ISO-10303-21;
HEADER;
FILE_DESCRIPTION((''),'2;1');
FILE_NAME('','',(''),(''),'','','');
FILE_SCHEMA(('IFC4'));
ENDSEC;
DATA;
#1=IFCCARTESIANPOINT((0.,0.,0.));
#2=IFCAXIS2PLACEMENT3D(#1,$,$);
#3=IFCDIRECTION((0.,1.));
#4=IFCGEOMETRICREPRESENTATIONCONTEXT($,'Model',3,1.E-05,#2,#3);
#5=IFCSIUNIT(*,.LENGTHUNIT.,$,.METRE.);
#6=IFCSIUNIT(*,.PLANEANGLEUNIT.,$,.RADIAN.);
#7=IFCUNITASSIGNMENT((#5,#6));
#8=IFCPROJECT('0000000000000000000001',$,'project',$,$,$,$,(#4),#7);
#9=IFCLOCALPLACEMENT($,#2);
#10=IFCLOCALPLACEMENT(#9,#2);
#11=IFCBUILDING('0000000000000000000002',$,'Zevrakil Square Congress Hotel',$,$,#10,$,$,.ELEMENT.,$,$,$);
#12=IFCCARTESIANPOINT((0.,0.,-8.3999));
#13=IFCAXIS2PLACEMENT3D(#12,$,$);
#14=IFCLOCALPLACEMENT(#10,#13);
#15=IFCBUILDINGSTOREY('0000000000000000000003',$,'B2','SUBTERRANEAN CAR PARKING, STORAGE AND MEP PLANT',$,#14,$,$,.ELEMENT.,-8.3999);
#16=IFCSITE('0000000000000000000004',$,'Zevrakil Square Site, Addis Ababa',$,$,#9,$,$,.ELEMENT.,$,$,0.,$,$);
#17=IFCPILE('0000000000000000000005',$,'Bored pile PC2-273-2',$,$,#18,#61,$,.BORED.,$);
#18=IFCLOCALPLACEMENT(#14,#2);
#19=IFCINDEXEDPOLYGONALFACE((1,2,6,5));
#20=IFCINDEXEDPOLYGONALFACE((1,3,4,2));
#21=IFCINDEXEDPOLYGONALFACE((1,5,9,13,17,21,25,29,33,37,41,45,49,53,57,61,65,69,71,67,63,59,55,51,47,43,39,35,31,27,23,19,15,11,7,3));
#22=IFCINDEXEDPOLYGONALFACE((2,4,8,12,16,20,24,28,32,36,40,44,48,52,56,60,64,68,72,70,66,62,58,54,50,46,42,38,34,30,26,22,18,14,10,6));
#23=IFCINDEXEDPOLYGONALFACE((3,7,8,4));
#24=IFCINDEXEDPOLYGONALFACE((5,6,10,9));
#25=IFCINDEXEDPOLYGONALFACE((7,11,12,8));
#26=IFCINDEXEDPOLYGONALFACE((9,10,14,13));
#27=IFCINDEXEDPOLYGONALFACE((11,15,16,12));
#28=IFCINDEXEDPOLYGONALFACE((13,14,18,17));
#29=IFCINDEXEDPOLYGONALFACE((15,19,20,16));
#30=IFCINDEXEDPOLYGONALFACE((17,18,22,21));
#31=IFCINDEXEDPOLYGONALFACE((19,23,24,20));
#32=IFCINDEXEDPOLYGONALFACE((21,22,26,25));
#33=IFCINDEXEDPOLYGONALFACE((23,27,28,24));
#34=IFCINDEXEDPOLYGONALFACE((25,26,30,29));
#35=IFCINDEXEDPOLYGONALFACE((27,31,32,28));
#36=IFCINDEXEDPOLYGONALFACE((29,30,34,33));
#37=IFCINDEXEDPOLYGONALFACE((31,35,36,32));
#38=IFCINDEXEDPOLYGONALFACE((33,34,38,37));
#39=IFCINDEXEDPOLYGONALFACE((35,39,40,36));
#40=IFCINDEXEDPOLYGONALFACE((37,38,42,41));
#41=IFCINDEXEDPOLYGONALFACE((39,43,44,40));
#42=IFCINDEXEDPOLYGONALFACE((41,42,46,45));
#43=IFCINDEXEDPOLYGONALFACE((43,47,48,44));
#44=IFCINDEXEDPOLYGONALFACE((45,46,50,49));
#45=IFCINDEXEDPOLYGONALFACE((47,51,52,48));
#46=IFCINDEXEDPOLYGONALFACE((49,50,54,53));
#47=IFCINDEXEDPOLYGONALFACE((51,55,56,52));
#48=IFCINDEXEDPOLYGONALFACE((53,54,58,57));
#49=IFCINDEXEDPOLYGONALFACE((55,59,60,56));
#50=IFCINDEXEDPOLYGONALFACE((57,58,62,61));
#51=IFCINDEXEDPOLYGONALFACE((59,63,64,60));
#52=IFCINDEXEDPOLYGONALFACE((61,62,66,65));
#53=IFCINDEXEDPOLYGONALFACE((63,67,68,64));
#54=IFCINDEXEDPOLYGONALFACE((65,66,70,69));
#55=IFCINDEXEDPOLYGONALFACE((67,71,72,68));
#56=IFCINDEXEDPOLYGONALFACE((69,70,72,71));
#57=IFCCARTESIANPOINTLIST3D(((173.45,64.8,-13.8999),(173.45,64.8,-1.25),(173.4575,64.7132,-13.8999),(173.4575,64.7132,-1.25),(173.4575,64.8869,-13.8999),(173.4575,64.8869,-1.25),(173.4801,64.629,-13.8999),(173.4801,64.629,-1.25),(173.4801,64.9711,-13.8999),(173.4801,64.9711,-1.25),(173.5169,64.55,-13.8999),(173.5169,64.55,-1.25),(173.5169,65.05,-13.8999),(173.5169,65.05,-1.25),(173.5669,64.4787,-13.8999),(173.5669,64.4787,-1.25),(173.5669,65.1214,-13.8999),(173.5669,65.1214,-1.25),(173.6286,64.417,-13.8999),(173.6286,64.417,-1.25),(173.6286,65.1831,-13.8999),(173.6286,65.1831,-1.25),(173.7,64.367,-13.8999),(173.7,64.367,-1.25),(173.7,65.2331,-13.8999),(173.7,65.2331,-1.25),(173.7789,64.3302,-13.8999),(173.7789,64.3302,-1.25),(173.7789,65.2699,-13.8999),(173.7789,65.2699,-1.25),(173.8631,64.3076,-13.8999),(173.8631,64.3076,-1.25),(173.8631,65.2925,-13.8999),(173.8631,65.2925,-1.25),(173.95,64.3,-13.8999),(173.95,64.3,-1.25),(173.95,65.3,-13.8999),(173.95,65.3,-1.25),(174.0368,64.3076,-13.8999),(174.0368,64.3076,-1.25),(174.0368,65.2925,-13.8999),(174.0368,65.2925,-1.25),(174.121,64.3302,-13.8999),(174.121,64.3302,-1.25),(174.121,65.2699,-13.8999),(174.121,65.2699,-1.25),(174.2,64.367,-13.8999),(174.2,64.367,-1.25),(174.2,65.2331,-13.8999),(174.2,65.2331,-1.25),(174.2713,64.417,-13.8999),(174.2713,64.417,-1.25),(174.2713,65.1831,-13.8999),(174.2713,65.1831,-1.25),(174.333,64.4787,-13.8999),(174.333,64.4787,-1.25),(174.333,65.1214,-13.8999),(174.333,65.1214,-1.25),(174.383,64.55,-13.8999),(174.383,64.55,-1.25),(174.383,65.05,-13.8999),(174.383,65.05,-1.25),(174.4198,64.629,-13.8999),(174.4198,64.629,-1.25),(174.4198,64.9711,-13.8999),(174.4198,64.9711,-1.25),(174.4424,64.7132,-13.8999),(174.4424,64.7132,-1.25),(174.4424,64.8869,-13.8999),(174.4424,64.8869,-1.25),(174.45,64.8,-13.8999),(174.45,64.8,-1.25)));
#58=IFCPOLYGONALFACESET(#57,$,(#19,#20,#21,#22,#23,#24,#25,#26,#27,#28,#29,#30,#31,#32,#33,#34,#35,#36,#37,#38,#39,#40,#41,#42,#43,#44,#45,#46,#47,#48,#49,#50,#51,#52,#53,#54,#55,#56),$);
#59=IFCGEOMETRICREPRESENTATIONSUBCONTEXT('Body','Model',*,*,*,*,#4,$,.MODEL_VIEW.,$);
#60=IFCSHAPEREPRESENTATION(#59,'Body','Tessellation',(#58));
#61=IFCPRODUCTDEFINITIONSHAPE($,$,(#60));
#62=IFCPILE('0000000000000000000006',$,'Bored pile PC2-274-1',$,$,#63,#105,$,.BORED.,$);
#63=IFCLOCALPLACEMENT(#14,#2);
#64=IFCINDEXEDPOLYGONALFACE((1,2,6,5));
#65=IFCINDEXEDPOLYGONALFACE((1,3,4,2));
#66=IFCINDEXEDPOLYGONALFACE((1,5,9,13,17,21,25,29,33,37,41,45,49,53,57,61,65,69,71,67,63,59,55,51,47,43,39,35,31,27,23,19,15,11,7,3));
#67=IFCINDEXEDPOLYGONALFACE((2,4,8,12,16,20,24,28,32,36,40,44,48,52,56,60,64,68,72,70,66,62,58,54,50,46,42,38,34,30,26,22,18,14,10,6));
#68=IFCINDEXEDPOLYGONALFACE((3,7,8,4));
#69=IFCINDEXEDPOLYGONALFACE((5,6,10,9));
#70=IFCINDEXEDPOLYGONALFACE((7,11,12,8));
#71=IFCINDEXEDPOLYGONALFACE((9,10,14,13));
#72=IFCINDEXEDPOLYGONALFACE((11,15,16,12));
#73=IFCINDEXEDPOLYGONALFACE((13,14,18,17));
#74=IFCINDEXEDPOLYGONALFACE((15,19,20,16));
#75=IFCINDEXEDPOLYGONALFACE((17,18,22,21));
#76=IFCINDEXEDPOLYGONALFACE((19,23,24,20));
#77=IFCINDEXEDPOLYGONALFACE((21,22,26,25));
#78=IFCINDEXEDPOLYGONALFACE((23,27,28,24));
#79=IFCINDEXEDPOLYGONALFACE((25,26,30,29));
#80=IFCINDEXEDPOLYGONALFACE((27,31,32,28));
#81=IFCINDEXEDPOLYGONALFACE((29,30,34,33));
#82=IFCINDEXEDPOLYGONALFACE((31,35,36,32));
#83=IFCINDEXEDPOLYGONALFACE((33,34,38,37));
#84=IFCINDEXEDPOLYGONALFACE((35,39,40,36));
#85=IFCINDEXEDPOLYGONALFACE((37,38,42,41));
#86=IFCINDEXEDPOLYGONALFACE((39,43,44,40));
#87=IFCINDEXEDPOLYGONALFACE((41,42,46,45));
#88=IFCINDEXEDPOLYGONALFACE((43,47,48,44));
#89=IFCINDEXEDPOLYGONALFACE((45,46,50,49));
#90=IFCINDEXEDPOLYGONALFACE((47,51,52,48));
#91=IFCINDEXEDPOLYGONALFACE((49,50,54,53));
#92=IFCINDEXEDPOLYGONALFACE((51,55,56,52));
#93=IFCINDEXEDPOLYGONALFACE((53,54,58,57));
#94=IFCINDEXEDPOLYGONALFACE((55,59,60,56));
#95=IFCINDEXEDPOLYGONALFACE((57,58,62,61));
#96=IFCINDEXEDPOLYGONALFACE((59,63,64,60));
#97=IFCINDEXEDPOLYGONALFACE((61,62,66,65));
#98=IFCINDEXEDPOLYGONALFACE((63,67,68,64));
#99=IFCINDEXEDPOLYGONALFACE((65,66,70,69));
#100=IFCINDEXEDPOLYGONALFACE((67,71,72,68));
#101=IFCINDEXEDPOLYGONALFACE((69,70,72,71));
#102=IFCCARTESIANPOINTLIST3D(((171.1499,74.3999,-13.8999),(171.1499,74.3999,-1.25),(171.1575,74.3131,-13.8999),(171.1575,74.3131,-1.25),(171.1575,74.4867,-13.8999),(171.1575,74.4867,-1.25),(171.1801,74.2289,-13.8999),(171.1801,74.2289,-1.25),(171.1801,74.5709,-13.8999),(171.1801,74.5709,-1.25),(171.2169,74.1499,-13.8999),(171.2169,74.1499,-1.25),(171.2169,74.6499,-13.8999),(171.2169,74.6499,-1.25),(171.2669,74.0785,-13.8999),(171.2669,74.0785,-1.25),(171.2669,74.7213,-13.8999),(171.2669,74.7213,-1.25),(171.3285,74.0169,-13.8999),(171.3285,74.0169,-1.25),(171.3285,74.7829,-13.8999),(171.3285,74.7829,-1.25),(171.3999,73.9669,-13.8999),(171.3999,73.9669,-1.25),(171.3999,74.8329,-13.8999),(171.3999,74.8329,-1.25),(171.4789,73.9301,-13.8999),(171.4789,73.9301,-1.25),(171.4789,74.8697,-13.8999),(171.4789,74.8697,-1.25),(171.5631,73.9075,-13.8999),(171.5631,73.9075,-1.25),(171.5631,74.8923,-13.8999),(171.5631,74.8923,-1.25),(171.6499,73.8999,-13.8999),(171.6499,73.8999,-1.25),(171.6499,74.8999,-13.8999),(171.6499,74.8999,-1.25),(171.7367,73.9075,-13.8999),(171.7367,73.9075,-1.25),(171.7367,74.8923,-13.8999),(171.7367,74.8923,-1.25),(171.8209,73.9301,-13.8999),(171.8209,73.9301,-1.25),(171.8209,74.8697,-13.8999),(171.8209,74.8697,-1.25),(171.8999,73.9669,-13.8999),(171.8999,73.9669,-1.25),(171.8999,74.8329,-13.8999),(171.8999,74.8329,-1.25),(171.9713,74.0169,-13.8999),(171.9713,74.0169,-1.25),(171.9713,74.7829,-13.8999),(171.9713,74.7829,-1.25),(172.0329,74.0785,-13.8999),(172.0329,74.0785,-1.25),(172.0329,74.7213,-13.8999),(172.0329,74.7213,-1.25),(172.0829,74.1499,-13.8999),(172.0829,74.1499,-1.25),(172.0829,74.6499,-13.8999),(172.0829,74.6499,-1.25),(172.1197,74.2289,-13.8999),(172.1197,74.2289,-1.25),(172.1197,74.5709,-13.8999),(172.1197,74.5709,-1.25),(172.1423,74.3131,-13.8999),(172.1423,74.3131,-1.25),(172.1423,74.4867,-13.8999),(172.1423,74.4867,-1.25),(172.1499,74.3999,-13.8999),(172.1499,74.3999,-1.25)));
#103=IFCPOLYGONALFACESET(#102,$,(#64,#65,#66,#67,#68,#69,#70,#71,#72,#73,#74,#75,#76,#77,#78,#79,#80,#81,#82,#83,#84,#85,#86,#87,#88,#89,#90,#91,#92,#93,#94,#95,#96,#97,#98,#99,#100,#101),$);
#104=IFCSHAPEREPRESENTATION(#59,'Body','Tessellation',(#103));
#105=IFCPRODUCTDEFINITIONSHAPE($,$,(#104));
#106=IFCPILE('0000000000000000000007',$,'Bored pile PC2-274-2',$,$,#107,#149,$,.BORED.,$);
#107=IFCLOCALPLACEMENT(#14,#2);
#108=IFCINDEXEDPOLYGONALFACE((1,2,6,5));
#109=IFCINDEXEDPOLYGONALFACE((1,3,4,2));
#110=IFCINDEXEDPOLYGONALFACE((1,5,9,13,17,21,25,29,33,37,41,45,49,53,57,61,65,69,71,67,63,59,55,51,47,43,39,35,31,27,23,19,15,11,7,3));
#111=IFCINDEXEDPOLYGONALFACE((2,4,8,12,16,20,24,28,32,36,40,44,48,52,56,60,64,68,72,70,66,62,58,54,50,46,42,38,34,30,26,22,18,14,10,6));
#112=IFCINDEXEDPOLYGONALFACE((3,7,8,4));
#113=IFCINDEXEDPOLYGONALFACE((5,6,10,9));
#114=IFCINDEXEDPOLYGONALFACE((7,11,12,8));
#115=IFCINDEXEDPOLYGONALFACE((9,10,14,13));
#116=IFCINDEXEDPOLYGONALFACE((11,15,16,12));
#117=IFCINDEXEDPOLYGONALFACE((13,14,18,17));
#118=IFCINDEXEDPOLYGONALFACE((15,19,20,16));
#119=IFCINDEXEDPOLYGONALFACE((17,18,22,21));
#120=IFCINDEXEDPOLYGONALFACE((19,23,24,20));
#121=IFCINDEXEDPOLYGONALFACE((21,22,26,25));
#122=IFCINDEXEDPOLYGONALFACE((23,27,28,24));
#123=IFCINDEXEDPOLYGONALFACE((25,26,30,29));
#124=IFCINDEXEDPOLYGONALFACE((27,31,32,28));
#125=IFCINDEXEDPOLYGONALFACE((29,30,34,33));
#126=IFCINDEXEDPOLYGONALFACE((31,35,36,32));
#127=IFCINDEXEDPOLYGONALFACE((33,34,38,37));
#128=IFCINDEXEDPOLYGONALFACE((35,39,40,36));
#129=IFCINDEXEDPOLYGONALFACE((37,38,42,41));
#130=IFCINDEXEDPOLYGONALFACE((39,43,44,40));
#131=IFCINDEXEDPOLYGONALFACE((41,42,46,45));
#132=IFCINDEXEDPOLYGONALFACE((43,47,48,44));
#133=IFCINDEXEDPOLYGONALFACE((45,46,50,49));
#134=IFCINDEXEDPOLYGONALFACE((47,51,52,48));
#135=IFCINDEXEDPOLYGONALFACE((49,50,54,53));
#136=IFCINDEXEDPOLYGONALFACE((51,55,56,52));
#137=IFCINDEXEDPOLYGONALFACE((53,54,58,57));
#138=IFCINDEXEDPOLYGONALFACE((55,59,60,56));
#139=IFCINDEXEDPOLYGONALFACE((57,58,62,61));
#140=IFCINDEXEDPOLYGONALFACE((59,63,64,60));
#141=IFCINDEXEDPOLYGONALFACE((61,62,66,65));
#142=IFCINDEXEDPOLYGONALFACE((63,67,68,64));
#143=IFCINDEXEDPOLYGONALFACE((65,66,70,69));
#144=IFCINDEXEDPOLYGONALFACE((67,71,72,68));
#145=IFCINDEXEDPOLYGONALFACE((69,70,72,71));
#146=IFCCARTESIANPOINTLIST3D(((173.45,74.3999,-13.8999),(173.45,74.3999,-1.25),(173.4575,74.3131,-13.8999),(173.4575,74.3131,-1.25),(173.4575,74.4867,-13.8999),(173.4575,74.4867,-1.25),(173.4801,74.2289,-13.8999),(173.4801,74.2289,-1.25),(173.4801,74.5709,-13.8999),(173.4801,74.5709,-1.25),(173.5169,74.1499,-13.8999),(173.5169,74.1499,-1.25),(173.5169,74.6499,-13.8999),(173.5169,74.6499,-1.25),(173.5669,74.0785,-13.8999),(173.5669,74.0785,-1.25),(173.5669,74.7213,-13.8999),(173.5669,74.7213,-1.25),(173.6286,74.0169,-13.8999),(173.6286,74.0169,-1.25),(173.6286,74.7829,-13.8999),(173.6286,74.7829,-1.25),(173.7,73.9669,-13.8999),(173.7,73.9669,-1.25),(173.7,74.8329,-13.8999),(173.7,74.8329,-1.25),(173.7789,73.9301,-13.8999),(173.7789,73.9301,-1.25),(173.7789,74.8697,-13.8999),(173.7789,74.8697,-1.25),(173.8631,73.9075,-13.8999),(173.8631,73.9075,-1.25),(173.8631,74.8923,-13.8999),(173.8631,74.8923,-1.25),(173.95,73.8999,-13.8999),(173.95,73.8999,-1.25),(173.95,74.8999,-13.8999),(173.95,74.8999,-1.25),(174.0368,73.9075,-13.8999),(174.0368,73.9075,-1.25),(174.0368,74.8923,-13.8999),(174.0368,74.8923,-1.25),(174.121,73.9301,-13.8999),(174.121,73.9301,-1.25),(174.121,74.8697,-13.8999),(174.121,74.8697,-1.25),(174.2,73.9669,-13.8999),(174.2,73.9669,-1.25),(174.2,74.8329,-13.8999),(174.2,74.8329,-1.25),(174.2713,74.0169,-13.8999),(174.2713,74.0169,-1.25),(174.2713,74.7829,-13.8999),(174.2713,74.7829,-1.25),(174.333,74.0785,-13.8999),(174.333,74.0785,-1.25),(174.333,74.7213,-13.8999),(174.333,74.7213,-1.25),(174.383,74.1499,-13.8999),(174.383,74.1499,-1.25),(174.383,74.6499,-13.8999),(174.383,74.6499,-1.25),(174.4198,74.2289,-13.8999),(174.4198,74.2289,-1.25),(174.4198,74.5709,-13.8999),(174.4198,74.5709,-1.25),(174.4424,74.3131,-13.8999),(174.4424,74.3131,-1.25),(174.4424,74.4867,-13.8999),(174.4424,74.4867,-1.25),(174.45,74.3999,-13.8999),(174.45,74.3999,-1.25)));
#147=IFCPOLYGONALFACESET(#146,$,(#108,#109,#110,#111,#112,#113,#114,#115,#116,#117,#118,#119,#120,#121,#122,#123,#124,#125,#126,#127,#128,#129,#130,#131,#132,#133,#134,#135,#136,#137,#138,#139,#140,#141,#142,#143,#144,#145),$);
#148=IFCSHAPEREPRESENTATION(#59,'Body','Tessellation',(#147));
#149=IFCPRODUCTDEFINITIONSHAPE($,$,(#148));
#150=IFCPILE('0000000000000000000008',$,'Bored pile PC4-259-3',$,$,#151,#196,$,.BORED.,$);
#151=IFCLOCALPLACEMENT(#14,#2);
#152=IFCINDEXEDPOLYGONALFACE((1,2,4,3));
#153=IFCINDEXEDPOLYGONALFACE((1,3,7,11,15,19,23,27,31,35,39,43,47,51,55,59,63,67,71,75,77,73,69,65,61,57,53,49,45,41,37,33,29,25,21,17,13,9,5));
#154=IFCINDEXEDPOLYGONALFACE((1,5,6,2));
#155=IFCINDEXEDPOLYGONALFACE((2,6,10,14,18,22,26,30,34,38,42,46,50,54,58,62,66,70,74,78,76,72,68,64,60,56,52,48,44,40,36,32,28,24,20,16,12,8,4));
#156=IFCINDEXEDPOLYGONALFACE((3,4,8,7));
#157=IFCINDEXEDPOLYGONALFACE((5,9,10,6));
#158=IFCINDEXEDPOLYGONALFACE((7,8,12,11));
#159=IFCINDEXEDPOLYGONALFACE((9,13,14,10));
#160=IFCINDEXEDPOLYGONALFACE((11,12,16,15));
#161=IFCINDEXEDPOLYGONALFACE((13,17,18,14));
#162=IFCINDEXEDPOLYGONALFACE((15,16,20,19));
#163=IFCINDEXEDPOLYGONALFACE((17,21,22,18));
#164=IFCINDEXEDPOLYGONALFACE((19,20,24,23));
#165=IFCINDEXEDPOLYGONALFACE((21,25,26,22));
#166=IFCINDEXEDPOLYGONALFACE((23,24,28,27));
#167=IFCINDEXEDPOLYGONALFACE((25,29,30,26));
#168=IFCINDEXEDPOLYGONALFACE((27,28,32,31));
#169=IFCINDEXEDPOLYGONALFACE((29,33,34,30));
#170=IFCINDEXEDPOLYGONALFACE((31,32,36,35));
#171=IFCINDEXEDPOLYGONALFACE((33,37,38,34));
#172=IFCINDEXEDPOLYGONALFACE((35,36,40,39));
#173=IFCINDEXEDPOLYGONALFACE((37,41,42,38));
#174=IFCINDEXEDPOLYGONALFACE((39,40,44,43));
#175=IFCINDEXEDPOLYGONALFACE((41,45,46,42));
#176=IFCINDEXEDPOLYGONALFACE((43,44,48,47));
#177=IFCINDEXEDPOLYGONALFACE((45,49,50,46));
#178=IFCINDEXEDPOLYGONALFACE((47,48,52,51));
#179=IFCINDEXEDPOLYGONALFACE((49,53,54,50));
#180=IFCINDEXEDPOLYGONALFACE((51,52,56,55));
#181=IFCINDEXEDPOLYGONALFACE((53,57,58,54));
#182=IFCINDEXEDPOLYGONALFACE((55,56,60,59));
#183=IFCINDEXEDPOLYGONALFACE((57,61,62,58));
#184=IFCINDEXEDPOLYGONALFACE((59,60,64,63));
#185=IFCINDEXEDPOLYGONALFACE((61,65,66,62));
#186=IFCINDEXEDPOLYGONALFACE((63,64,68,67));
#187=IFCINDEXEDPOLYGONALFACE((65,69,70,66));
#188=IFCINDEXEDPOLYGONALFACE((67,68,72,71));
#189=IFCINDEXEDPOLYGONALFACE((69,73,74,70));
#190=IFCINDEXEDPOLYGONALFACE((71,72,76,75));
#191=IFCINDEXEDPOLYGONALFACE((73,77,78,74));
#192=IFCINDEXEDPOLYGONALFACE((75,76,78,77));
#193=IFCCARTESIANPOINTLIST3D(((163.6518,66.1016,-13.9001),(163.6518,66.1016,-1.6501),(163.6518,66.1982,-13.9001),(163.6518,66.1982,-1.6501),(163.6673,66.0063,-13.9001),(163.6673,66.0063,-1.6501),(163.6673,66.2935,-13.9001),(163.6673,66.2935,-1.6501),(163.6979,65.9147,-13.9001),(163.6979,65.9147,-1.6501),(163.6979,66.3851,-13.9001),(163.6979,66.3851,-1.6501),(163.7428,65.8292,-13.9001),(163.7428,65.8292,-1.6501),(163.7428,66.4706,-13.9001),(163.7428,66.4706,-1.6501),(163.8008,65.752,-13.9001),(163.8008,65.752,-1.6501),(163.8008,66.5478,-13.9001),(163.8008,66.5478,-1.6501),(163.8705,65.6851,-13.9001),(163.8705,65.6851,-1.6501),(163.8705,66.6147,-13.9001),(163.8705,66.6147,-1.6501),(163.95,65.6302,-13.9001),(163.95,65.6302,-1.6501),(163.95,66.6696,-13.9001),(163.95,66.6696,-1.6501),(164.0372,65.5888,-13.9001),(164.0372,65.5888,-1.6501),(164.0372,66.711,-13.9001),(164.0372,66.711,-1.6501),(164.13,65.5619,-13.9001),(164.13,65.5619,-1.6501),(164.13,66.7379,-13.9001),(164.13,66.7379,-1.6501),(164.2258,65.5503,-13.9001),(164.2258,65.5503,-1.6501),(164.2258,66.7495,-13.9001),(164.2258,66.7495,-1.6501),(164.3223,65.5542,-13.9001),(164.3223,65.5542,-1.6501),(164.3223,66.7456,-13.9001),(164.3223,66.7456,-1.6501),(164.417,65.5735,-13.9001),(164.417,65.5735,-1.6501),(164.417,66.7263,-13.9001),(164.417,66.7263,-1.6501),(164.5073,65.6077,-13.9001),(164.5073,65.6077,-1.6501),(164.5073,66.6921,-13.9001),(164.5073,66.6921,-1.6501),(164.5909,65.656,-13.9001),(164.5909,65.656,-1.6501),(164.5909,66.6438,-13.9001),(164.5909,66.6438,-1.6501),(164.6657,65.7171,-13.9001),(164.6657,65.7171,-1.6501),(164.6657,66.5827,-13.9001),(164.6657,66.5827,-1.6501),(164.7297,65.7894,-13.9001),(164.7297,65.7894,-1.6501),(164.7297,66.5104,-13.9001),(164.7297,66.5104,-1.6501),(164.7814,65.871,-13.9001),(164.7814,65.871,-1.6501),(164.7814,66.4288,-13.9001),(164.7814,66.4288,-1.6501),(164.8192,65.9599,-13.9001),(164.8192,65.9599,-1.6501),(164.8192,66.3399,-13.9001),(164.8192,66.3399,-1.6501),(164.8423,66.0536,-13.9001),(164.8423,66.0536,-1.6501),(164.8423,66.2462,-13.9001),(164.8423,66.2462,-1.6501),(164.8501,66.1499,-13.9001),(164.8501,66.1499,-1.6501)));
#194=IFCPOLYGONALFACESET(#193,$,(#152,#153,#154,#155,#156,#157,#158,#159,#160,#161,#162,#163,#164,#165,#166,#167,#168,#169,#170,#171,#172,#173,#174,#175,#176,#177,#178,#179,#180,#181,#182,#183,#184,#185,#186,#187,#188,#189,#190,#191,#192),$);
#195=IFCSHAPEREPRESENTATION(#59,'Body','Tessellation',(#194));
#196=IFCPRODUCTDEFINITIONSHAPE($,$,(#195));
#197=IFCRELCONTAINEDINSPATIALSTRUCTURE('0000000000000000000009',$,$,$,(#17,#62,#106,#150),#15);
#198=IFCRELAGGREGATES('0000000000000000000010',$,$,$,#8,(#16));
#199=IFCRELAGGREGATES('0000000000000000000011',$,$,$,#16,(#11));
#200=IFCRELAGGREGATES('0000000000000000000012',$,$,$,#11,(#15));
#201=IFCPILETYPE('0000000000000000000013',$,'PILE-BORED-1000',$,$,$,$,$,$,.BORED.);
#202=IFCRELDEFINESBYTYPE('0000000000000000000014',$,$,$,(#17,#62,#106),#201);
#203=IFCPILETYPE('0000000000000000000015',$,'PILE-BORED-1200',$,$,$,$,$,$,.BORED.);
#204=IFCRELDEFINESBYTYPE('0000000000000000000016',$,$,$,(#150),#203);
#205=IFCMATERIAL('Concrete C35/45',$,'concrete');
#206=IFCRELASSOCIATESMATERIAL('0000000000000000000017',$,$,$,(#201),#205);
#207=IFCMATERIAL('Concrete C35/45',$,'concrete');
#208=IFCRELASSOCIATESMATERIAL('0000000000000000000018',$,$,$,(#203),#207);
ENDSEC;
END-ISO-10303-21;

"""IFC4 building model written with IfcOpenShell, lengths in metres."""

from ifc_helpers import new_model, si_unit, direction, frame, origin, origin_2d, place, context, subcontext, project, spatial, circle, extrude, material, material_profile, profile_set, type_object, element, save


model = new_model("IFC4")

# Units and contexts
model_context = context("Model", 3, precision=1e-05, world=origin(), true_north=direction((0.0, 1.0)))
body_context = subcontext(model_context, "Body", "Model", "MODEL_VIEW")
ifc_project = project(units=[si_unit("LENGTHUNIT", "METRE"), si_unit("PLANEANGLEUNIT", "RADIAN")], contexts=[model_context])

# Site, building, storey
site_placement = place(None, origin())
site = spatial("IfcSite", under=ifc_project, at=site_placement, Name="Zevrakil Square Site, Addis Ababa", CompositionType="ELEMENT", RefElevation=0.0)
building_placement = place(site_placement, origin())
building = spatial("IfcBuilding", under=site, at=building_placement, Name="Zevrakil Square Congress Hotel", CompositionType="ELEMENT")
storey_placement = place(building_placement, frame((0.0, 0.0, -8.3999)))
storey = spatial("IfcBuildingStorey", under=building, at=storey_placement, Name="B2", Description="SUBTERRANEAN CAR PARKING, STORAGE AND MEP PLANT", CompositionType="ELEMENT", Elevation=-8.3999)

# Piles
ifc_material_1 = material(Name="Concrete C35/45", Category="concrete")
ifc_material_profile_1 = material_profile(ifc_material_1, circle(Radius=0.5, at=origin_2d()), Name="PILE D1000")
ifc_profile_set_1 = profile_set([ifc_material_profile_1], Name="Concrete C35/45")
pile_type_1 = type_object("IfcPileType", Name="PILE-BORED-1000", PredefinedType="BORED", material=ifc_profile_set_1)
for number, where, z_axis, x_axis, name in (
    (1, (173.95, 64.8, -1.25), (0.0, 0.0, -1.0), (1.0, 0.0, 0.0), "Bored pile PC2-273-2"),
    (2, (171.6499, 74.3999, -1.25), (0.0, 0.0, -1.0), (1.0, 0.0, 0.0), "Bored pile PC2-274-1"),
    (3, (173.95, 74.3999, -1.25), (0.0, 0.0, -1.0), (1.0, 0.0, 0.0), "Bored pile PC2-274-2"),
):
    element("IfcPile", number, at=place(storey_placement, frame(where, z_axis=z_axis, x_axis=x_axis)), inside=storey, type_object=pile_type_1, Name=name, PredefinedType="BORED", context=body_context, shape_type="SweptSolid", body=[
        extrude(circle(Radius=0.5, at=origin_2d()), origin(), (0.0, 0.0, 1.0), 12.6499),
    ])
ifc_material_2 = material(Name="Concrete C35/45", Category="concrete")
ifc_material_profile_2 = material_profile(ifc_material_2, circle(Radius=0.6001, at=origin_2d()), Name="PILE D1200")
ifc_profile_set_2 = profile_set([ifc_material_profile_2], Name="Concrete C35/45")
pile_type_2 = type_object("IfcPileType", Name="PILE-BORED-1200", PredefinedType="BORED", material=ifc_profile_set_2)
for number, where, z_axis, x_axis, name in (
    (4, (164.25, 66.1499, -1.6501), (0.0, 0.0, -1.0), (1.0, 0.0, 0.0), "Bored pile PC4-259-3"),
):
    element("IfcPile", number, at=place(storey_placement, frame(where, z_axis=z_axis, x_axis=x_axis)), inside=storey, type_object=pile_type_2, Name=name, PredefinedType="BORED", context=body_context, shape_type="SweptSolid", body=[
        extrude(circle(Radius=0.6001, at=origin_2d()), origin(), (0.0, 0.0, 1.0), 12.25),
    ])

save(model, "model.ifc")
